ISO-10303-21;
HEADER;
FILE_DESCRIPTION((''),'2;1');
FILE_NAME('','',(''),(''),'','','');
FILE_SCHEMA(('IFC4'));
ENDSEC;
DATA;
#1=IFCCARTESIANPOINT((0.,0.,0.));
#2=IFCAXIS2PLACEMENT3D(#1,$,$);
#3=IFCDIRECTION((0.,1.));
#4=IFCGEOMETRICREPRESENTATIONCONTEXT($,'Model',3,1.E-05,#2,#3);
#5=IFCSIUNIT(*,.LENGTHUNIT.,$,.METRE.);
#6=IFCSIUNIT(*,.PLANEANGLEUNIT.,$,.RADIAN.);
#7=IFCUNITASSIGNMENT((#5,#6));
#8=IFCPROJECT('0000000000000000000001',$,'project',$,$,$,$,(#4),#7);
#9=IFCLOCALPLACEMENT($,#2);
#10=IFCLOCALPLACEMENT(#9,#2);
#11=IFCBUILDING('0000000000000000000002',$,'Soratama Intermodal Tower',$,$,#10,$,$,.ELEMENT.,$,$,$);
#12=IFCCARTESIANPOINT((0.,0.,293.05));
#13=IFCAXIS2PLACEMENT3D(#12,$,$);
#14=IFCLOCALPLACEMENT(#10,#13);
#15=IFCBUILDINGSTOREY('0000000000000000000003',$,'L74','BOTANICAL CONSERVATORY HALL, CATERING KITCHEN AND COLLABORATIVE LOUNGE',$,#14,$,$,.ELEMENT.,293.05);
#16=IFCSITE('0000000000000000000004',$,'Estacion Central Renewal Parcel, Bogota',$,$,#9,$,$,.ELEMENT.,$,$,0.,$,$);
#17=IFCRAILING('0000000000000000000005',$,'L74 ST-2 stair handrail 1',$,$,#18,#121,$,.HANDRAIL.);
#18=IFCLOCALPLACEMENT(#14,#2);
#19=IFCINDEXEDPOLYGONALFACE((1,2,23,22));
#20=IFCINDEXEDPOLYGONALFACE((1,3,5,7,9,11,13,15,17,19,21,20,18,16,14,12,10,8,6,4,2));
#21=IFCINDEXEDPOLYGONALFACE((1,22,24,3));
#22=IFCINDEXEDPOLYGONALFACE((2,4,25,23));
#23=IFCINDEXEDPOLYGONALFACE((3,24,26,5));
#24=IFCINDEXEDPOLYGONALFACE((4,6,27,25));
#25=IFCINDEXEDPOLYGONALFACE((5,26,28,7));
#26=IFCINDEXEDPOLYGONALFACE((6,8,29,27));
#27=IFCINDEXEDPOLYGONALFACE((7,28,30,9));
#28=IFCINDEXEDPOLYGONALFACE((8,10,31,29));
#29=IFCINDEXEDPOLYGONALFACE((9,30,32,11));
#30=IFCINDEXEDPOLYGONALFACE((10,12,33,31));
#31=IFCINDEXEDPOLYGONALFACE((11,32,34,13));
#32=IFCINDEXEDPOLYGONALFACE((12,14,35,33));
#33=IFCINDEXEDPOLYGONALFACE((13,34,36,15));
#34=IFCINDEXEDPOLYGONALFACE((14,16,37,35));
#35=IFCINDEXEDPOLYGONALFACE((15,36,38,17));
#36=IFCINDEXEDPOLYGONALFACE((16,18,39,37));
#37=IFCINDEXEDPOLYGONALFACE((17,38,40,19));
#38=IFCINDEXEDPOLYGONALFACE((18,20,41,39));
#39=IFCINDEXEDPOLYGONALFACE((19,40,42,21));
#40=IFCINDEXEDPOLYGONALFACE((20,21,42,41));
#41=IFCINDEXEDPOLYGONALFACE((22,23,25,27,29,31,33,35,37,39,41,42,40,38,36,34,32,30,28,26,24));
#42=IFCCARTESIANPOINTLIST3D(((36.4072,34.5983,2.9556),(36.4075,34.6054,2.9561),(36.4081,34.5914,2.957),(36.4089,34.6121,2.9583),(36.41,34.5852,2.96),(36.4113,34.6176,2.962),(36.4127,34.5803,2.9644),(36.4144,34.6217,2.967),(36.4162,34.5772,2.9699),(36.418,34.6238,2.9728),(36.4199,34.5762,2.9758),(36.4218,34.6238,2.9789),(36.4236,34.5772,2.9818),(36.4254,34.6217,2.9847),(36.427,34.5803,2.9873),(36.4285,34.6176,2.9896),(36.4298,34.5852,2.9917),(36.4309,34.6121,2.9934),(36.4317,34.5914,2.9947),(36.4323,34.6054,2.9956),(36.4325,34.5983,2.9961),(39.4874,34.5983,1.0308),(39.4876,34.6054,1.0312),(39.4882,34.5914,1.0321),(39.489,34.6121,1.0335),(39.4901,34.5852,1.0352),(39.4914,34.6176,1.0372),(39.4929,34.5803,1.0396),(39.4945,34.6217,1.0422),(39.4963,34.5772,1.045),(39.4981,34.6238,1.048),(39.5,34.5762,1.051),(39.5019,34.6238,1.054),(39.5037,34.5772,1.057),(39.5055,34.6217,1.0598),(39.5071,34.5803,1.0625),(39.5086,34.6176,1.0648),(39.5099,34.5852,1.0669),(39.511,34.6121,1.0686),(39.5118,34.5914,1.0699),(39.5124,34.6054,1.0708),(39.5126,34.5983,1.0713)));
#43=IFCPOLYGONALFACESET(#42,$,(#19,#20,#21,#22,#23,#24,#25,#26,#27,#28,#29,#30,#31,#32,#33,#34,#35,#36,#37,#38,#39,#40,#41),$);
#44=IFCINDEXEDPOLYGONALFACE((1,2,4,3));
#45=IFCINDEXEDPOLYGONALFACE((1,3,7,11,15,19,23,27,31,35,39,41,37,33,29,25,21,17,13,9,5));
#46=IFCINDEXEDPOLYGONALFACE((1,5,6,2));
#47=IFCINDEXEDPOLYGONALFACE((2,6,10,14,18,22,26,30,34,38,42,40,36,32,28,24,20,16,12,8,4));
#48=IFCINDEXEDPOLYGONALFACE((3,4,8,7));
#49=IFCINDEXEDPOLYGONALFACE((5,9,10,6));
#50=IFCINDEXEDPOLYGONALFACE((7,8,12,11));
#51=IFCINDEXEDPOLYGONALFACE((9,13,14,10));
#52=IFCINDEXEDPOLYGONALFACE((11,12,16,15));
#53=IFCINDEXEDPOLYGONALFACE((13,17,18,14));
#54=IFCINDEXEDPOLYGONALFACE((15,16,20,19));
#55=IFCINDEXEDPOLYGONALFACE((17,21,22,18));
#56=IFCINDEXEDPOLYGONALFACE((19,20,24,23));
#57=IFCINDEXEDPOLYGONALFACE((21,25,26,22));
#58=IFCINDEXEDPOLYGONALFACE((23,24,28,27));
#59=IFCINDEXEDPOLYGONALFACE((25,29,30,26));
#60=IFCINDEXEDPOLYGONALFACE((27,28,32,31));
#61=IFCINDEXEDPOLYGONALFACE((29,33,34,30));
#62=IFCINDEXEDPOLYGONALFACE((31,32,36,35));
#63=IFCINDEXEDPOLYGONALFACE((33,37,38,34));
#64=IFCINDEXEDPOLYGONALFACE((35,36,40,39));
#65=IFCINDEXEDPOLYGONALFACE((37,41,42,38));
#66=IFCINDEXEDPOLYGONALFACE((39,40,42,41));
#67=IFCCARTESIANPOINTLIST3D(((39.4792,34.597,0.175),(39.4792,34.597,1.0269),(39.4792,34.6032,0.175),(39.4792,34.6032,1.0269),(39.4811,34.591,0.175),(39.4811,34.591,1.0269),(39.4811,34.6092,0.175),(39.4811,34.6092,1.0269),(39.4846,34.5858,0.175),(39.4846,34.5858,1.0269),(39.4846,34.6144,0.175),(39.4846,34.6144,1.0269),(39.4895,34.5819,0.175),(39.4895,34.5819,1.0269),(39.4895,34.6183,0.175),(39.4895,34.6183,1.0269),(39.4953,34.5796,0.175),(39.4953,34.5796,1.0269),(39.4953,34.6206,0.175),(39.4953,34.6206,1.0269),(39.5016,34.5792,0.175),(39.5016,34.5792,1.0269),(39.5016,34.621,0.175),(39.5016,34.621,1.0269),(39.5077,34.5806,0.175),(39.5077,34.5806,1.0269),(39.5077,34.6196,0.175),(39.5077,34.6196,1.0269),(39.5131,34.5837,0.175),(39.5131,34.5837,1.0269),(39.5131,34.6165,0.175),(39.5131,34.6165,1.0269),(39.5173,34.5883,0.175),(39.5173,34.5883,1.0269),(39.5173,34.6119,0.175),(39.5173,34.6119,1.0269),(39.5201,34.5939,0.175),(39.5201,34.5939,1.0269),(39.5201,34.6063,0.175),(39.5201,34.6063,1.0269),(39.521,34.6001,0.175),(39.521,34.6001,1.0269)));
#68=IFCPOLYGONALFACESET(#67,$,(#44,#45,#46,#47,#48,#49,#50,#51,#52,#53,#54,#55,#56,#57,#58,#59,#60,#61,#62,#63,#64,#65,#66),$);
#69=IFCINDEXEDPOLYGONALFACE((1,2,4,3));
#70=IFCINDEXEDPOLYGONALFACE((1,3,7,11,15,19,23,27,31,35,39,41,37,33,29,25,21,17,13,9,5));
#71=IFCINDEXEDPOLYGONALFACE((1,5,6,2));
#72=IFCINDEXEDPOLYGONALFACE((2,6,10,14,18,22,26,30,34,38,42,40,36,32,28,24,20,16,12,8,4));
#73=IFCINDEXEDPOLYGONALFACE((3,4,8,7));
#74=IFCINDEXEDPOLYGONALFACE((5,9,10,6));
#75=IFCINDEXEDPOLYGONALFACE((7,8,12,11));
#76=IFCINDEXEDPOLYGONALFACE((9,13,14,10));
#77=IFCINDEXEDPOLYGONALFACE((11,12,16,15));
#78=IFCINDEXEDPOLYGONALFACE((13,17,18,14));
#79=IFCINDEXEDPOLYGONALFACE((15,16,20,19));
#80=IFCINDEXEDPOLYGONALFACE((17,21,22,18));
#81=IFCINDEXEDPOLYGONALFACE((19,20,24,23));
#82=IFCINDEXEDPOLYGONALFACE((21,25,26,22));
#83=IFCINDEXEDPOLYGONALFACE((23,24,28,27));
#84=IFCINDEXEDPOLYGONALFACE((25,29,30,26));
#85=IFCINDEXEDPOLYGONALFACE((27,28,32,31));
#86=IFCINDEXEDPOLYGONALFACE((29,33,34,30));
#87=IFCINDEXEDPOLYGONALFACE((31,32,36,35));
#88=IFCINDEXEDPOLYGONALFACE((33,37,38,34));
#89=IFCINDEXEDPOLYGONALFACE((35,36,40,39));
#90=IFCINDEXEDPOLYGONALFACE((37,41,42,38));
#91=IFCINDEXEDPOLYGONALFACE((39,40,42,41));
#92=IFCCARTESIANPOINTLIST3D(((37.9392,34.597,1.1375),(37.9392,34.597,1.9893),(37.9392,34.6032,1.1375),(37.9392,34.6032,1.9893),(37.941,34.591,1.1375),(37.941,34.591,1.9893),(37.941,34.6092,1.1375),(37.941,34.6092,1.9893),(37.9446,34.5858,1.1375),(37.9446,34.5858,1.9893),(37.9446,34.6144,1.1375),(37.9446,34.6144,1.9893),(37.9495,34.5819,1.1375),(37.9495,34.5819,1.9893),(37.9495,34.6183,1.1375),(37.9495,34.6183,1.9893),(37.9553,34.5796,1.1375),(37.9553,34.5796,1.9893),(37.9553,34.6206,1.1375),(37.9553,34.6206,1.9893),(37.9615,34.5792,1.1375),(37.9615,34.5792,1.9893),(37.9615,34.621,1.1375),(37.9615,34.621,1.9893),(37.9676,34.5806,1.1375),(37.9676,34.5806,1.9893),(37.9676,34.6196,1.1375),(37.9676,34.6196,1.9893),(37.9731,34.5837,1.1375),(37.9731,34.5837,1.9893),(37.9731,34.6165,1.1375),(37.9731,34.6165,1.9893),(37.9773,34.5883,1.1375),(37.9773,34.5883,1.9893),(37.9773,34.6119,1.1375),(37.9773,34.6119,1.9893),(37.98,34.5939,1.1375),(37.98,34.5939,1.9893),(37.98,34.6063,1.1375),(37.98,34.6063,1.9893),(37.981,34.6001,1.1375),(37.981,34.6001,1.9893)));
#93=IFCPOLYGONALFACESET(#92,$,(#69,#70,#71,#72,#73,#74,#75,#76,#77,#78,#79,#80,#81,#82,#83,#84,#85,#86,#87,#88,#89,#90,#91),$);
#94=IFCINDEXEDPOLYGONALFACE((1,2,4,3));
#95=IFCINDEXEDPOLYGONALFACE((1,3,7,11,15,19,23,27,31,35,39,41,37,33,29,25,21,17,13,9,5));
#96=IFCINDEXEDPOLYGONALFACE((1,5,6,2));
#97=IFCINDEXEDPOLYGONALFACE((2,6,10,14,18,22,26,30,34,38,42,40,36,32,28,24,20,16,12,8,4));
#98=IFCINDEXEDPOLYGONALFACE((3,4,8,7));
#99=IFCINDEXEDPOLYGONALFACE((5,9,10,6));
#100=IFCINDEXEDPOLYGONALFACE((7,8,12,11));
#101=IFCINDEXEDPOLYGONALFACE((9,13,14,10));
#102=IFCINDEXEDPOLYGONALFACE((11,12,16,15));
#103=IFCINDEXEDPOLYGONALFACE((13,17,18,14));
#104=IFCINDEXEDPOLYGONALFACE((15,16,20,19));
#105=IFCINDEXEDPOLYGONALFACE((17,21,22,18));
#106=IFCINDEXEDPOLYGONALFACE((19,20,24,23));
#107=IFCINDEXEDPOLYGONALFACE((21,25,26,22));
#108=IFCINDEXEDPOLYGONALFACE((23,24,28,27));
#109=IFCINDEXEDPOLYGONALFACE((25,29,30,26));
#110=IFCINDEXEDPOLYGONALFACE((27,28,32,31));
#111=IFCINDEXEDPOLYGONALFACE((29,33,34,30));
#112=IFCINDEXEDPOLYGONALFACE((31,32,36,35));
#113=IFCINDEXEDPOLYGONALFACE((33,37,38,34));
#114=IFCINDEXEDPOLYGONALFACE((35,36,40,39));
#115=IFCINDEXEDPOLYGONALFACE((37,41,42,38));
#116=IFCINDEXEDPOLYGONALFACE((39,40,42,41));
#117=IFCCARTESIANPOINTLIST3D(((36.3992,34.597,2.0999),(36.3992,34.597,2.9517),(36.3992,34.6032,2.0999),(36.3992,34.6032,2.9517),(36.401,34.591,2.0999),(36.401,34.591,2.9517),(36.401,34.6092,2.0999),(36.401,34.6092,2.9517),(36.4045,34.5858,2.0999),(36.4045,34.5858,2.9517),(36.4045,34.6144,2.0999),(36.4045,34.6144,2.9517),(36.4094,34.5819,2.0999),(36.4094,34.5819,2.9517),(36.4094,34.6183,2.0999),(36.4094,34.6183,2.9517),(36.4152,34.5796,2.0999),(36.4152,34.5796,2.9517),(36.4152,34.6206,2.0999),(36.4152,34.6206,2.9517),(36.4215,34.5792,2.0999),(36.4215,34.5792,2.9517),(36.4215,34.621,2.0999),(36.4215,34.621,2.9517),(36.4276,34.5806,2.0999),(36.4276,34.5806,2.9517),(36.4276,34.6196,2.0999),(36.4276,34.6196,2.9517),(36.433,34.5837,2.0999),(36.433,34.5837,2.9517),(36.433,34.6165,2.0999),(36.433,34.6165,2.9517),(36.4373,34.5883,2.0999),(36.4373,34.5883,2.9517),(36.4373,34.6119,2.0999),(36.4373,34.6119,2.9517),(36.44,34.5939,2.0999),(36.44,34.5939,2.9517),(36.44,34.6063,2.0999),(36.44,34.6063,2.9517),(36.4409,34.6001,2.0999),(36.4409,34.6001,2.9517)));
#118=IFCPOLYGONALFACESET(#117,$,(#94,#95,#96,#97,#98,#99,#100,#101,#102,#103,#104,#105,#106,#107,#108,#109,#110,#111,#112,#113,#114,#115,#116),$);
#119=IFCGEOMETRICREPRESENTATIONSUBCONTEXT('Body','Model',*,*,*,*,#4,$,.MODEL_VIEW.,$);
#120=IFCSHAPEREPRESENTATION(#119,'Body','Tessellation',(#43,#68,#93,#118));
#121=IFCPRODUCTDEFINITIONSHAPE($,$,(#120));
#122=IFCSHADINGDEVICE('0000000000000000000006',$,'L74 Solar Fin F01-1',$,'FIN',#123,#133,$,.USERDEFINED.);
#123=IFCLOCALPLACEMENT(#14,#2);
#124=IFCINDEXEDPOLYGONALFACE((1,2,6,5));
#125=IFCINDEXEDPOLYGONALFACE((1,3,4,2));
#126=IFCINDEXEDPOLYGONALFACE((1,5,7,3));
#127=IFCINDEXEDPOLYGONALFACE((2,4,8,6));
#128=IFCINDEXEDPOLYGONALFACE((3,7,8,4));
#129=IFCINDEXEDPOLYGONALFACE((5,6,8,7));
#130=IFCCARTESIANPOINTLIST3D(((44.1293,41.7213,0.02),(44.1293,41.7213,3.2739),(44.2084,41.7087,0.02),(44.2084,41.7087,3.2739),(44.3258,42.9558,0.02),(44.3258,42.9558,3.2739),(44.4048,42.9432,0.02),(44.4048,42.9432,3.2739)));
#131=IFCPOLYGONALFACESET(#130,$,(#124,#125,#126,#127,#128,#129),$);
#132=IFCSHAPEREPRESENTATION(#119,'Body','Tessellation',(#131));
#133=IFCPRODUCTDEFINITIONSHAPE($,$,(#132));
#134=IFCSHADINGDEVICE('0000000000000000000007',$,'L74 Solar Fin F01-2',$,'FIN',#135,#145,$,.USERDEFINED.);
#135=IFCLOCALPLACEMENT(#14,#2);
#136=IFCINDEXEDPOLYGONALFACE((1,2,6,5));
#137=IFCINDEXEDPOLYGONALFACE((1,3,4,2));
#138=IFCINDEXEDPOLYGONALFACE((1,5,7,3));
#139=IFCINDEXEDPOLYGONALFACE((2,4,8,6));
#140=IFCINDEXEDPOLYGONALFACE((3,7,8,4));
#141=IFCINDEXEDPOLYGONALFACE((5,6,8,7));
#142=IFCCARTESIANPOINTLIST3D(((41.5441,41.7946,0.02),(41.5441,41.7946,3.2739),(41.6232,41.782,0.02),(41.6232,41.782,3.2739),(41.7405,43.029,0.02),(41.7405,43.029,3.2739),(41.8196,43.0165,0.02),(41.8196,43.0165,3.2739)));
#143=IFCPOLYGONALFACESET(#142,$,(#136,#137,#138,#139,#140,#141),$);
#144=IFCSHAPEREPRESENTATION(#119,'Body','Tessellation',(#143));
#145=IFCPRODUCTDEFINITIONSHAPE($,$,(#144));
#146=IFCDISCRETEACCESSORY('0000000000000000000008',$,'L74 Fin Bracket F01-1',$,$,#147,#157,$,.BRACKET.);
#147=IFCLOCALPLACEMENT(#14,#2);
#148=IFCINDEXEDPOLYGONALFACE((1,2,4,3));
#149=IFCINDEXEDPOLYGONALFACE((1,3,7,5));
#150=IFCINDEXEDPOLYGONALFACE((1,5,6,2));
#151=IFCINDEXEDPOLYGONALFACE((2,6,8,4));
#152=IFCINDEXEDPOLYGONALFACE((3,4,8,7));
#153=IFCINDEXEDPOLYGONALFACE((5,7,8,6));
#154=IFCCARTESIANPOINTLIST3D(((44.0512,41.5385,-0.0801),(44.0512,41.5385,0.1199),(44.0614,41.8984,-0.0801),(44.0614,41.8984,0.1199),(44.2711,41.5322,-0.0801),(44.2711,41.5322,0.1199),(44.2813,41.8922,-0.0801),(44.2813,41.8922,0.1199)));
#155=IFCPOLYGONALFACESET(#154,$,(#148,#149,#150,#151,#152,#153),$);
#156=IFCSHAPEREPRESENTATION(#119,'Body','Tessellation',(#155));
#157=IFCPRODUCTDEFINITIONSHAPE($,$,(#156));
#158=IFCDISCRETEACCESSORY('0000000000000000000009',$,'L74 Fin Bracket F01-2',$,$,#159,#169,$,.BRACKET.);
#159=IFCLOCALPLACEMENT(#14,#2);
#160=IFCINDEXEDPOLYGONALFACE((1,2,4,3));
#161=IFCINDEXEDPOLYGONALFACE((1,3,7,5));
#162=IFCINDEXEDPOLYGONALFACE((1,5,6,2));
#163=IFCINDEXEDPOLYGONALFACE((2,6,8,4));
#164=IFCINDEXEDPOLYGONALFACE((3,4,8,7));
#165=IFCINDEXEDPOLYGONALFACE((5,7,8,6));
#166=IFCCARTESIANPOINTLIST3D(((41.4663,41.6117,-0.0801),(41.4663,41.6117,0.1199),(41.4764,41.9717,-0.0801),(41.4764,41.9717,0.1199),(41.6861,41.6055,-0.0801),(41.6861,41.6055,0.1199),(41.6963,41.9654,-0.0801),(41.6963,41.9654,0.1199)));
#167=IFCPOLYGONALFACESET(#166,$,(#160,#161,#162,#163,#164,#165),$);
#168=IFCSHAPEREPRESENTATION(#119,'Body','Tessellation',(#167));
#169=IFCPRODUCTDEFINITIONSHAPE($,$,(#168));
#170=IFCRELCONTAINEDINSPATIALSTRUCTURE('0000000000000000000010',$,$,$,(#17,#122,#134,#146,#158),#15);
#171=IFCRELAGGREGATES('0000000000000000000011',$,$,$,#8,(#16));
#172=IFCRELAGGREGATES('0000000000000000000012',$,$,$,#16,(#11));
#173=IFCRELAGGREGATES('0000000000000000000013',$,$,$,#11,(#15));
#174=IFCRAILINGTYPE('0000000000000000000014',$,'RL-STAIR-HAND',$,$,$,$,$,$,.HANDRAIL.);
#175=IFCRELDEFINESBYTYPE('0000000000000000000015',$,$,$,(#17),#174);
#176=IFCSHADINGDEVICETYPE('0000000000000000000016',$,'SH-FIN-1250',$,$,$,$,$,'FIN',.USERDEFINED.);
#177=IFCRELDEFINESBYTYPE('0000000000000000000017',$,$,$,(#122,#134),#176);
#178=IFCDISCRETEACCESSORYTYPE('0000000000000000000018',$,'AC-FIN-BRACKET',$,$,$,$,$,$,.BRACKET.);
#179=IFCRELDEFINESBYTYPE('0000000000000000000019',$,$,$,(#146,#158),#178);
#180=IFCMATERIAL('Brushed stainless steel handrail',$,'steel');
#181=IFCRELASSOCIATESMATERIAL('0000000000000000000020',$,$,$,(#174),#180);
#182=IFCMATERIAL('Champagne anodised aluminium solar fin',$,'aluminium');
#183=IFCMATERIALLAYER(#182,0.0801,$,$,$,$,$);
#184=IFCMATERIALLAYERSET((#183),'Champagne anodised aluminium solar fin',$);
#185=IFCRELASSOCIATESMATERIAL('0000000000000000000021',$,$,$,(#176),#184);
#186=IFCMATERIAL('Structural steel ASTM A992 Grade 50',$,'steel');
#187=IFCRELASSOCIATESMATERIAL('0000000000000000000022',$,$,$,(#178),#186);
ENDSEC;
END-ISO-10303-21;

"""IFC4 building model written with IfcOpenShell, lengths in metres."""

from ifc_helpers import new_model, si_unit, direction, frame, origin, origin_2d, place, context, subcontext, project, spatial, rectangle, circle, extrude, material, layer, layer_set, type_object, element, save


model = new_model("IFC4")

# Units and contexts
model_context = context("Model", 3, precision=1e-05, world=origin(), true_north=direction((0.0, 1.0)))
body_context = subcontext(model_context, "Body", "Model", "MODEL_VIEW")
ifc_project = project(units=[si_unit("LENGTHUNIT", "METRE"), si_unit("PLANEANGLEUNIT", "RADIAN")], contexts=[model_context])

# Site, building, storey
site_placement = place(None, origin())
site = spatial("IfcSite", under=ifc_project, at=site_placement, Name="Estacion Central Renewal Parcel, Bogota", CompositionType="ELEMENT", RefElevation=0.0)
building_placement = place(site_placement, origin())
building = spatial("IfcBuilding", under=site, at=building_placement, Name="Soratama Intermodal Tower", CompositionType="ELEMENT")
storey_placement = place(building_placement, frame((0.0, 0.0, 293.05)))
storey = spatial("IfcBuildingStorey", under=building, at=storey_placement, Name="L74", Description="BOTANICAL CONSERVATORY HALL, CATERING KITCHEN AND COLLABORATIVE LOUNGE", CompositionType="ELEMENT", Elevation=293.05)

# Railing
ifc_material_1 = material(Name="Brushed stainless steel handrail", Category="steel")
railing_type = type_object("IfcRailingType", Name="RL-STAIR-HAND", PredefinedType="HANDRAIL", material=ifc_material_1)
railing_placement = place(storey_placement, frame((39.5, 34.6001, 0.175)))
element("IfcRailing", 1, at=railing_placement, inside=storey, type_object=railing_type, Name="L74 ST-2 stair handrail 1", PredefinedType="HANDRAIL", context=body_context, shape_type="SweptSolid", body=[
    extrude(circle(Radius=0.0239, at=origin_2d()), frame((0.0, 0.0, 0.876), z_axis=(-0.848029, 0.0, 0.529951), x_axis=(0.0, -1.0, 0.0)), (0.0, 0.0, 1.0), 3.6321),
    extrude(circle(Radius=0.021, at=origin_2d()), origin(), (0.0, 0.0, 1.0), 0.8518),
    extrude(circle(Radius=0.021, at=origin_2d()), frame((-1.54, 0.0, 0.9624)), (0.0, 0.0, 1.0), 0.8518),
    extrude(circle(Radius=0.021, at=origin_2d()), frame((-3.0801, 0.0, 1.9248)), (0.0, 0.0, 1.0), 0.8518),
])

# Shading devices
ifc_material_2 = material(Name="Champagne anodised aluminium solar fin", Category="aluminium")
ifc_layer_1 = layer(ifc_material_2, 0.0801)
ifc_layer_set_1 = layer_set([ifc_layer_1], Name="Champagne anodised aluminium solar fin")
shading_device_type = type_object("IfcShadingDeviceType", Name="SH-FIN-1250", ElementType="FIN", PredefinedType="USERDEFINED", material=ifc_layer_set_1)
for number, where, z_axis, x_axis, name in (
    (2, (44.2671, 42.3323, 0.02), (0.0, 0.0, 1.0), (0.157124, 0.987579, 0.0), "L74 Solar Fin F01-1"),
    (3, (41.6819, 42.4055, 0.02), (0.0, 0.0, 1.0), (0.157124, 0.987579, 0.0), "L74 Solar Fin F01-2"),
):
    element("IfcShadingDevice", number, at=place(storey_placement, frame(where, z_axis=z_axis, x_axis=x_axis)), inside=storey, type_object=shading_device_type, Name=name, ObjectType="FIN", PredefinedType="USERDEFINED", context=body_context, shape_type="SweptSolid", body=[
        extrude(rectangle(XDim=1.25, YDim=0.0801, at=origin_2d()), origin(), (0.0, 0.0, 1.0), 3.2539),
    ])

# Discrete accessories
ifc_material_3 = material(Name="Structural steel ASTM A992 Grade 50", Category="steel")
discrete_accessory_type = type_object("IfcDiscreteAccessoryType", Name="AC-FIN-BRACKET", PredefinedType="BRACKET", material=ifc_material_3)
for number, where, z_axis, x_axis, name in (
    (4, (44.1663, 41.7153, -0.0801), (0.0, 0.0, 1.0), (0.028271, 0.9996, 0.0), "L74 Fin Bracket F01-1"),
    (5, (41.5813, 41.7886, -0.0801), (0.0, 0.0, 1.0), (0.028271, 0.9996, 0.0), "L74 Fin Bracket F01-2"),
):
    element("IfcDiscreteAccessory", number, at=place(storey_placement, frame(where, z_axis=z_axis, x_axis=x_axis)), inside=storey, type_object=discrete_accessory_type, Name=name, PredefinedType="BRACKET", context=body_context, shape_type="SweptSolid", body=[
        extrude(rectangle(XDim=0.3601, YDim=0.22, at=origin_2d()), origin(), (0.0, 0.0, 1.0), 0.2),
    ])

save(model, "model.ifc")
